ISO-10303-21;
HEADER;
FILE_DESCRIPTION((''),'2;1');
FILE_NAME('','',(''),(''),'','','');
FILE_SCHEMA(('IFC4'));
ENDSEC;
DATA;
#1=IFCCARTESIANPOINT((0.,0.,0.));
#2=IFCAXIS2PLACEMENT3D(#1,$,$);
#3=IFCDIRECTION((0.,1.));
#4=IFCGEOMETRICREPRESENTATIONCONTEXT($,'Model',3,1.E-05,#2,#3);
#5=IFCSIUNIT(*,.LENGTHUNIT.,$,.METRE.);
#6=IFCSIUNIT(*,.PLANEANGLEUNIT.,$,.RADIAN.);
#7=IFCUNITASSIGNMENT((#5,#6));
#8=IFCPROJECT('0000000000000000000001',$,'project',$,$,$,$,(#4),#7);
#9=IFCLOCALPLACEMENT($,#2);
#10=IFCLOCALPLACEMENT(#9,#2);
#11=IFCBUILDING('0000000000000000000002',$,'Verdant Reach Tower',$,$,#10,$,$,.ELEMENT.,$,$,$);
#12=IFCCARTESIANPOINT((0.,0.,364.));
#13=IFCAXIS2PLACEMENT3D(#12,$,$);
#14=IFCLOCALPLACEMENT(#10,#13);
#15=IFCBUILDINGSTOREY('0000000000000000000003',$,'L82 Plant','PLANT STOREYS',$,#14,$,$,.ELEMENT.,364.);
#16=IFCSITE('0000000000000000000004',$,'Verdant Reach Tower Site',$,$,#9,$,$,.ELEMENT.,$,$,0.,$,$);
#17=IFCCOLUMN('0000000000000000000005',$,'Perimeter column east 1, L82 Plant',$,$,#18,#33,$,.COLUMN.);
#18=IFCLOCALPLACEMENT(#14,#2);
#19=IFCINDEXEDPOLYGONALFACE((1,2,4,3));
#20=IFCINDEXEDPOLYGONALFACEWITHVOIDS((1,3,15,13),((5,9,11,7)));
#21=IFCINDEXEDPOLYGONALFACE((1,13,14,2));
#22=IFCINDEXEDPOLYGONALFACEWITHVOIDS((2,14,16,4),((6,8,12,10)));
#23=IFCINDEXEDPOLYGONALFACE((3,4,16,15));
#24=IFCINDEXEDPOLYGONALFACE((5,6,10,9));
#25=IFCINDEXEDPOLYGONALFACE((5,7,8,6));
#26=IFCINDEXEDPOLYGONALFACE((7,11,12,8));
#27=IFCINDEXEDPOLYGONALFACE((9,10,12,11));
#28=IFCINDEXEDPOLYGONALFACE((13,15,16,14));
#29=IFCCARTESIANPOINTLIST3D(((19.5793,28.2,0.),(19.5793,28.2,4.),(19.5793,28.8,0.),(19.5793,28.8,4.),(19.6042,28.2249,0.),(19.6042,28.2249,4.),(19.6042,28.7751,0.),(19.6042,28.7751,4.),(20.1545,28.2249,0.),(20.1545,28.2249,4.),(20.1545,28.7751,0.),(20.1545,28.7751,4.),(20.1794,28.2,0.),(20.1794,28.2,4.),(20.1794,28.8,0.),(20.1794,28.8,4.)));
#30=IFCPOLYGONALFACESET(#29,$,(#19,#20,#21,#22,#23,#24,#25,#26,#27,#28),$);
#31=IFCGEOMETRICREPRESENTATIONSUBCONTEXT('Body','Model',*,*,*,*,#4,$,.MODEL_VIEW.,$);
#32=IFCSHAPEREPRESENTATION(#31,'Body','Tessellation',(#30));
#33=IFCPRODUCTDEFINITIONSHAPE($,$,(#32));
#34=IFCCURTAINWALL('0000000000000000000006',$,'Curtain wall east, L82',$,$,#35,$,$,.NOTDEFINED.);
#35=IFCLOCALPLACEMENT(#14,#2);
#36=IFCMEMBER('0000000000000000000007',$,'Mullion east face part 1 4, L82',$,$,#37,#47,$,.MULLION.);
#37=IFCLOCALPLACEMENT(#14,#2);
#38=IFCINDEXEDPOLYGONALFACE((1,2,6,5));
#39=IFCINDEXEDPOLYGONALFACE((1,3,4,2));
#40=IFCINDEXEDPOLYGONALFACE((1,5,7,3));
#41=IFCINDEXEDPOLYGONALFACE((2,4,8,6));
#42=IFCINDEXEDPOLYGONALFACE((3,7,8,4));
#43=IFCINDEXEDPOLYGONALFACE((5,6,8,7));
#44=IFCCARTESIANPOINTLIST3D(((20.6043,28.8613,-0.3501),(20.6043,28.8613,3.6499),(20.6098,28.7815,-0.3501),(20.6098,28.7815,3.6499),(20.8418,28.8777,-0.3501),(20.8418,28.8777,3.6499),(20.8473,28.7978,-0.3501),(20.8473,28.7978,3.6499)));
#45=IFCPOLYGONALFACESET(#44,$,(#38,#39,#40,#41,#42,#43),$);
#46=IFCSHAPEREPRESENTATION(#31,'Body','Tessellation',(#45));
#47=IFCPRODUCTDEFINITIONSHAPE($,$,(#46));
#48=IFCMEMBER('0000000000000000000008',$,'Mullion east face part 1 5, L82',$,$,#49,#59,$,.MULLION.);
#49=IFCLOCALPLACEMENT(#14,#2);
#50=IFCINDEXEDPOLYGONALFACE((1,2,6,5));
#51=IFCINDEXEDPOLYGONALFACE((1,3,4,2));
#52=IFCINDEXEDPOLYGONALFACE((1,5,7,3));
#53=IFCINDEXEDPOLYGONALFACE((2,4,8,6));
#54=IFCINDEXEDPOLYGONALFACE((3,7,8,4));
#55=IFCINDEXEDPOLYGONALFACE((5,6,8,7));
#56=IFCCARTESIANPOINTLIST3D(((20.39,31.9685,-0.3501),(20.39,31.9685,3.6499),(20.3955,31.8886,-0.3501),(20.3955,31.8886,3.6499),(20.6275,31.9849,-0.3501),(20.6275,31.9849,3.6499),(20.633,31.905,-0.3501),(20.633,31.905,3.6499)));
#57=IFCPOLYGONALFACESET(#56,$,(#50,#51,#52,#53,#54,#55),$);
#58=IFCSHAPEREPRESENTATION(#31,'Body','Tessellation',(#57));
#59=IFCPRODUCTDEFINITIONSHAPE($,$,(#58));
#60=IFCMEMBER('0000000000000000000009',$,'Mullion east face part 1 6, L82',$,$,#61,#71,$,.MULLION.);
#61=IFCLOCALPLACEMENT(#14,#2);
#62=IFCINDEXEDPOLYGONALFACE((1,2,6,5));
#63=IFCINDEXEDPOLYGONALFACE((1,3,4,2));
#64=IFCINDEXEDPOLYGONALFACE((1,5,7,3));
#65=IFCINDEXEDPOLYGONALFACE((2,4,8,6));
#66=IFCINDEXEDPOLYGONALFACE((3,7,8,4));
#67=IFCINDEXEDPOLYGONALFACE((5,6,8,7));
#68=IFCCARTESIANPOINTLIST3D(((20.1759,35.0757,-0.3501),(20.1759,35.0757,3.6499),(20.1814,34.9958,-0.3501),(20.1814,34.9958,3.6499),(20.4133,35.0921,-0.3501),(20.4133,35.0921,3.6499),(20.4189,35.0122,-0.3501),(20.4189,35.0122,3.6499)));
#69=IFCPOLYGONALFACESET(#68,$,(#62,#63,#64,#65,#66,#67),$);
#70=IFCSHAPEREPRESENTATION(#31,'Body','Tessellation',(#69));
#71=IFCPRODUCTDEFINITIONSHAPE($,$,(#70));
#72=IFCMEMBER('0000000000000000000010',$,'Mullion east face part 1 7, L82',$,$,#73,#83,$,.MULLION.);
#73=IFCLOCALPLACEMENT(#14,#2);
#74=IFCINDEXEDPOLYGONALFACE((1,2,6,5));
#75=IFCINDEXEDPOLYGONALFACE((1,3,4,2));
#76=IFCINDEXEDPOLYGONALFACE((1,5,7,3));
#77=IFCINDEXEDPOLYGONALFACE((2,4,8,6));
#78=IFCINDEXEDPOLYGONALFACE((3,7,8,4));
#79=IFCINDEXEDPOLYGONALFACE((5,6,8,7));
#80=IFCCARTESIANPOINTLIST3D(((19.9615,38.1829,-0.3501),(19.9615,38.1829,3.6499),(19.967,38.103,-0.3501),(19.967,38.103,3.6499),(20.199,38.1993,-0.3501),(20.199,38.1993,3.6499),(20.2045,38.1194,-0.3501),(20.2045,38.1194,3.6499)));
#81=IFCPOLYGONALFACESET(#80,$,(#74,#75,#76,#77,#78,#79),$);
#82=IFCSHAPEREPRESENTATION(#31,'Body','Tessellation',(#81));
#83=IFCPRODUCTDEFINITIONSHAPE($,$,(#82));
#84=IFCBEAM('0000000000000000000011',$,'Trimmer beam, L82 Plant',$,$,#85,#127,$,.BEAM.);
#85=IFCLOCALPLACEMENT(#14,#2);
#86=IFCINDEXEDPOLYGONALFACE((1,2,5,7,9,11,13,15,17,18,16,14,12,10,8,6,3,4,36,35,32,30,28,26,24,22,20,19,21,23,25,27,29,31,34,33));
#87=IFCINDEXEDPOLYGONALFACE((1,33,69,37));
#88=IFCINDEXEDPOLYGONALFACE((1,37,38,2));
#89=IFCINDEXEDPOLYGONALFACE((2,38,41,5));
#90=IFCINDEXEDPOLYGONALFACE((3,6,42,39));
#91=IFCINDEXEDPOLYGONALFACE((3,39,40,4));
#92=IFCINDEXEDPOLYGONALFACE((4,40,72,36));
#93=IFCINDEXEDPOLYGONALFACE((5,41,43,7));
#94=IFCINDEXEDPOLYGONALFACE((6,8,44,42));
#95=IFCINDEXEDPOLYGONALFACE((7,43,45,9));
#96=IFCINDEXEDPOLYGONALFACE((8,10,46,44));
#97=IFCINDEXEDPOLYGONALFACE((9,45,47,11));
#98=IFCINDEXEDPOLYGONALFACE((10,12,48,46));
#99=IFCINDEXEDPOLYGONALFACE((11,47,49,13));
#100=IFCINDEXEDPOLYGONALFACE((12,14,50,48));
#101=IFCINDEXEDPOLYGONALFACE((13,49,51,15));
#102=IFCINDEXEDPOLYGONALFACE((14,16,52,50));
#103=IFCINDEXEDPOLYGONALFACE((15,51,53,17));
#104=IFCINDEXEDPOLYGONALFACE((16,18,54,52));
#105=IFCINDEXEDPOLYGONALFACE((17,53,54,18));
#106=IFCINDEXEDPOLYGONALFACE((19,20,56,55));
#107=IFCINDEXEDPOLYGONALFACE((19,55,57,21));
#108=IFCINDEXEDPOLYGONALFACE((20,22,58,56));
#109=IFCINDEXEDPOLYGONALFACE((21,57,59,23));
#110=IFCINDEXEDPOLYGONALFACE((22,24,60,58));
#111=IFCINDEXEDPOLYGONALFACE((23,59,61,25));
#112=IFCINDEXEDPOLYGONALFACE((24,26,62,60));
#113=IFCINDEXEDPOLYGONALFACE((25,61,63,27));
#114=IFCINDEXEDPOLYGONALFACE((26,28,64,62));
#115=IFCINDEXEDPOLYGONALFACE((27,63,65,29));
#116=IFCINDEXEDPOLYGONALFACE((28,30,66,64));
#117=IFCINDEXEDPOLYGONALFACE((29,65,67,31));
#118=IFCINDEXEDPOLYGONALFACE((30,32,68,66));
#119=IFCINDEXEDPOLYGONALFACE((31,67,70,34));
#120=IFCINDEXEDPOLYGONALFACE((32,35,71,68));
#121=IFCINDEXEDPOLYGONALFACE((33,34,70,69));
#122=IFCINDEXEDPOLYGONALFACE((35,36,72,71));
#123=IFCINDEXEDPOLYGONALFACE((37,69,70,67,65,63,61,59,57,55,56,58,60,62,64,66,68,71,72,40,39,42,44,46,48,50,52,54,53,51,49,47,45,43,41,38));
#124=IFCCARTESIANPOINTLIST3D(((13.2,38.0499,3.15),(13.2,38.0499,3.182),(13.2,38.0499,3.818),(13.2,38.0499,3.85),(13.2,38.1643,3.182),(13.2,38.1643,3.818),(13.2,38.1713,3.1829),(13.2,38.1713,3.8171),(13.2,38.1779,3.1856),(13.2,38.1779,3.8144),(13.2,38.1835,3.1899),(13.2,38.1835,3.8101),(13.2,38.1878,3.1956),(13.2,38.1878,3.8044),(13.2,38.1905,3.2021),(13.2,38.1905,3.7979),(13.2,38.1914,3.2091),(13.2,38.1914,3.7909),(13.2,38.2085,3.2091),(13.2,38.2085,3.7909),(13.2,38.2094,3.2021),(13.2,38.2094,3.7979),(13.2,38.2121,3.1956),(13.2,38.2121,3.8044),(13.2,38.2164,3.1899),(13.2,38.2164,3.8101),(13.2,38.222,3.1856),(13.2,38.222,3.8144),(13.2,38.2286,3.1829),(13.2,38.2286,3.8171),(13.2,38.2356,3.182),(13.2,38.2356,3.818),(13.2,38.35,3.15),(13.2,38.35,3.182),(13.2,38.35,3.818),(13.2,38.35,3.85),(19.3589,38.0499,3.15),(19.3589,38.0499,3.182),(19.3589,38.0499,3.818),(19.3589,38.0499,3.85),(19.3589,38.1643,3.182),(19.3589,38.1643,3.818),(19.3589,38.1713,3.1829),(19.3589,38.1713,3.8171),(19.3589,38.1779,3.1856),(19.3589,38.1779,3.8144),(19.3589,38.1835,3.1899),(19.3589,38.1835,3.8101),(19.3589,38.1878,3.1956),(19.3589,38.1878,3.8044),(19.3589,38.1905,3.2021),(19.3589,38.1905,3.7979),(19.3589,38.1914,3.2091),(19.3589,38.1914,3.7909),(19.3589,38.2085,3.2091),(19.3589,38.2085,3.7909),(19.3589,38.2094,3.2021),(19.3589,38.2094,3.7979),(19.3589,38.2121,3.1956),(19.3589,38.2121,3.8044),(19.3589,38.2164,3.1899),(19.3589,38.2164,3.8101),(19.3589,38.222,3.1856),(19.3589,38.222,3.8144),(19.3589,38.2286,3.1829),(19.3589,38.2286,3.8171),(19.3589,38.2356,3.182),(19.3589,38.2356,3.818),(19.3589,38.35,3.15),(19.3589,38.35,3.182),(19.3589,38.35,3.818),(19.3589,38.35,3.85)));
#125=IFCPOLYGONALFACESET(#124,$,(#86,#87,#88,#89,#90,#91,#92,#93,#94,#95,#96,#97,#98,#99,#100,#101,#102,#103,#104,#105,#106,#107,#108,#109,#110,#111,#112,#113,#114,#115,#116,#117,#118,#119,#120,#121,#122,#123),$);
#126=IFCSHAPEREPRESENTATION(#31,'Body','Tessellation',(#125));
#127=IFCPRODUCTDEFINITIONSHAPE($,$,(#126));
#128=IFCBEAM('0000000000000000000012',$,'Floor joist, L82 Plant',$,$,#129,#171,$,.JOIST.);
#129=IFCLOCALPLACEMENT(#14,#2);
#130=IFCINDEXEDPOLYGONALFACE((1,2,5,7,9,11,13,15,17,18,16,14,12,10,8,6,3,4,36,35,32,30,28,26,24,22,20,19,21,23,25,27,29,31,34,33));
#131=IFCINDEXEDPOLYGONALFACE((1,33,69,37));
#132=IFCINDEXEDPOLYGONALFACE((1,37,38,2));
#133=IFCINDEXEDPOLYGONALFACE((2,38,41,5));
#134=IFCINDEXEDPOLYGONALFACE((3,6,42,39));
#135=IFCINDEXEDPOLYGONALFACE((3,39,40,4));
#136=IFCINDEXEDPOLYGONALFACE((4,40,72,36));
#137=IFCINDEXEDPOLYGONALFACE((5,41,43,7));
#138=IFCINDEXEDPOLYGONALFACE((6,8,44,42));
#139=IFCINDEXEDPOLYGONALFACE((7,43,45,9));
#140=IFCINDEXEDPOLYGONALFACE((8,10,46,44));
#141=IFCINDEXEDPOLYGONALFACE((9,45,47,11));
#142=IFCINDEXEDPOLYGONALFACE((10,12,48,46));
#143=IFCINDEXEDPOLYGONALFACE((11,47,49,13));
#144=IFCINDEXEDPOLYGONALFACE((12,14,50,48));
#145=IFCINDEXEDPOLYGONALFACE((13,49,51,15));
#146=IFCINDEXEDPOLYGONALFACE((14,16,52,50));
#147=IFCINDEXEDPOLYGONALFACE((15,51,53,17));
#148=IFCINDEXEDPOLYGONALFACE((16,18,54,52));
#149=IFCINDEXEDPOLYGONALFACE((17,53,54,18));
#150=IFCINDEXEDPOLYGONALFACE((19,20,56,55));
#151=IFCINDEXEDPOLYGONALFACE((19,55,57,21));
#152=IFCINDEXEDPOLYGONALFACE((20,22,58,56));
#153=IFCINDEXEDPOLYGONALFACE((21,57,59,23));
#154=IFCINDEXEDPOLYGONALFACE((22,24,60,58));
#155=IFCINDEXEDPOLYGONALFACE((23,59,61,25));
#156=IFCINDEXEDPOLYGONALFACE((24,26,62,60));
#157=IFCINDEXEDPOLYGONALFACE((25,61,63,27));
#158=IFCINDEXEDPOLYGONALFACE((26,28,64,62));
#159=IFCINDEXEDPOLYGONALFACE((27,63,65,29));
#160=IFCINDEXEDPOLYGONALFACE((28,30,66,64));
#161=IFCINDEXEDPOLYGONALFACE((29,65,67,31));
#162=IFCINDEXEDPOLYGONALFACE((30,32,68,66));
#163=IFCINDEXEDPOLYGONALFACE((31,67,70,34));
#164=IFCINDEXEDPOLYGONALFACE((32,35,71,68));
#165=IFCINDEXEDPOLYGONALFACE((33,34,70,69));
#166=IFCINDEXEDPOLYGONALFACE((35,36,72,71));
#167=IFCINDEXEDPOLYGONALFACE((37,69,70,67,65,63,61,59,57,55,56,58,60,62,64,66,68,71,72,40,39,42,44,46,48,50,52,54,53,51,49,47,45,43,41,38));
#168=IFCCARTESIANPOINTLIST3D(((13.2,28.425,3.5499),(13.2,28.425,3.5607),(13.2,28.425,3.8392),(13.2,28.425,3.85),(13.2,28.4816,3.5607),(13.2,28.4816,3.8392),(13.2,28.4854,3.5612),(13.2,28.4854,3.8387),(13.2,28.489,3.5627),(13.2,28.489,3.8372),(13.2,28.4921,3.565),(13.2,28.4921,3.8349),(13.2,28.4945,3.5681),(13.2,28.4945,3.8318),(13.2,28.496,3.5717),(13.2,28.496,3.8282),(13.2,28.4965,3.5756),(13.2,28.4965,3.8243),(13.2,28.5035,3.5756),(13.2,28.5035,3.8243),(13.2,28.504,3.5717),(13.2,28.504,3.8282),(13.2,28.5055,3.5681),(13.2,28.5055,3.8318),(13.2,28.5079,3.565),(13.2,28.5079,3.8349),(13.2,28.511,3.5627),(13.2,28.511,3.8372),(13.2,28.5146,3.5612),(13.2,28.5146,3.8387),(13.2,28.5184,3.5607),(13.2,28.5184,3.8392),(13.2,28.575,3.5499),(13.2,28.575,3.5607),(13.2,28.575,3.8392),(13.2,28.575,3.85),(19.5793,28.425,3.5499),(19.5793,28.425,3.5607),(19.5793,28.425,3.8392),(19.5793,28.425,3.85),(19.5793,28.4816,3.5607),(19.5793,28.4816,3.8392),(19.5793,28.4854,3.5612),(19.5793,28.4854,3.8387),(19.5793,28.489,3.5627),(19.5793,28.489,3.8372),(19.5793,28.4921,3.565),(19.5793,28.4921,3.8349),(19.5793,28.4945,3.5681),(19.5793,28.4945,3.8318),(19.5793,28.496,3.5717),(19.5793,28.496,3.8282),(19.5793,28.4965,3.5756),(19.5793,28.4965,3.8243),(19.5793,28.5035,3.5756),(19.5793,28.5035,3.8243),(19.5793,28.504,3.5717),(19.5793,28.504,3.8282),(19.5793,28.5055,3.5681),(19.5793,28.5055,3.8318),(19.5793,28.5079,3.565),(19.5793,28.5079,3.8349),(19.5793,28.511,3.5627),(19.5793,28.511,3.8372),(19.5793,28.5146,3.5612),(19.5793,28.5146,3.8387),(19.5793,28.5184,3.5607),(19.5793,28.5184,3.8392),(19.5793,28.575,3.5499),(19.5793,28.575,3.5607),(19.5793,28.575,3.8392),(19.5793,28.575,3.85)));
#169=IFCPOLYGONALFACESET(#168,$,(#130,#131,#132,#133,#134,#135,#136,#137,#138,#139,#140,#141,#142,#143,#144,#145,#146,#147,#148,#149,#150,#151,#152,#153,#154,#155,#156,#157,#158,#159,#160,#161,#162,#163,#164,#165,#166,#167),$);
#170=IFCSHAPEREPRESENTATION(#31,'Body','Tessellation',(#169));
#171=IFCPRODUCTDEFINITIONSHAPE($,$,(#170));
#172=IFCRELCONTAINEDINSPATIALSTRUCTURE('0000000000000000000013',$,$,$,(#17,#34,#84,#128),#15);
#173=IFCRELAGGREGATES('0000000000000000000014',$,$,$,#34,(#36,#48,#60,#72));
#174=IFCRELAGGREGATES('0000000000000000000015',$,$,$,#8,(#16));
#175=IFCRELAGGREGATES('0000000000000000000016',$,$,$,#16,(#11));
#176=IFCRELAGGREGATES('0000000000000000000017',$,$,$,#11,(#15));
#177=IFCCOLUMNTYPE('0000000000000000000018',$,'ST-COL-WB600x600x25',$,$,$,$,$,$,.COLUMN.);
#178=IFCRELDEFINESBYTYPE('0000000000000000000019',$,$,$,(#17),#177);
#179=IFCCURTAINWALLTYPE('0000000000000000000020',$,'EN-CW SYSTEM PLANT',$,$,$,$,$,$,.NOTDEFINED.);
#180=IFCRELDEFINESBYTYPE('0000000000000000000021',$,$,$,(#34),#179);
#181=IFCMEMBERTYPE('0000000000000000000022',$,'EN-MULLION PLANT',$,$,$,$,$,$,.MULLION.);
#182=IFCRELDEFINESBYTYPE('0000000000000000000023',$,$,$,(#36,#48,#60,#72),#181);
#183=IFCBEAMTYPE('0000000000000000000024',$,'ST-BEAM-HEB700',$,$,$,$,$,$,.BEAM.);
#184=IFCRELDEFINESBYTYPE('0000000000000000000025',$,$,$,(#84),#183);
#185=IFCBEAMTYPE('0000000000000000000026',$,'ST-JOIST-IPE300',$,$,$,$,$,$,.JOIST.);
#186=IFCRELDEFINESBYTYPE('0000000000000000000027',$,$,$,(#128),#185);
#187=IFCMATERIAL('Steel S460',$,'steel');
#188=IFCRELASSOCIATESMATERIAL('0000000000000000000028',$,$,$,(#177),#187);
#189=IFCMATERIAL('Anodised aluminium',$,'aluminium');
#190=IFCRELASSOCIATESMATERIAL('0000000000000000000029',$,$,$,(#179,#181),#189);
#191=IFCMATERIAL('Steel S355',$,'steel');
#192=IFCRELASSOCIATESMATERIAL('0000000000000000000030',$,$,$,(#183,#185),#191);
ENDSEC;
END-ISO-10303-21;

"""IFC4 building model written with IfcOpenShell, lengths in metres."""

from ifc_helpers import new_model, si_unit, direction, frame, origin, origin_2d, place, context, subcontext, project, spatial, rectangle, hollow_rectangle, i_section, extrude, material, material_profile, profile_set, type_object, element, aggregate, save


model = new_model("IFC4")

# Units and contexts
model_context = context("Model", 3, precision=1e-05, world=origin(), true_north=direction((0.0, 1.0)))
body_context = subcontext(model_context, "Body", "Model", "MODEL_VIEW")
ifc_project = project(units=[si_unit("LENGTHUNIT", "METRE"), si_unit("PLANEANGLEUNIT", "RADIAN")], contexts=[model_context])

# Site, building, storey
site_placement = place(None, origin())
site = spatial("IfcSite", under=ifc_project, at=site_placement, Name="Verdant Reach Tower Site", CompositionType="ELEMENT", RefElevation=0.0)
building_placement = place(site_placement, origin())
building = spatial("IfcBuilding", under=site, at=building_placement, Name="Verdant Reach Tower", CompositionType="ELEMENT")
storey_placement = place(building_placement, frame((0.0, 0.0, 364.0)))
storey = spatial("IfcBuildingStorey", under=building, at=storey_placement, Name="L82 Plant", Description="PLANT STOREYS", CompositionType="ELEMENT", Elevation=364.0)

# Column
ifc_material_1 = material(Name="Steel S460", Category="steel")
ifc_material_profile_1 = material_profile(ifc_material_1, hollow_rectangle(XDim=0.6001, YDim=0.6001, WallThickness=0.0249, at=origin_2d()), Name="WB 600x600x25")
ifc_profile_set_1 = profile_set([ifc_material_profile_1], Name="Steel S460")
column_type = type_object("IfcColumnType", Name="ST-COL-WB600x600x25", PredefinedType="COLUMN", material=ifc_profile_set_1)
column_placement = place(storey_placement, frame((19.8794, 28.5, 0.0), z_axis=(0.0, 0.0, 1.0), x_axis=(1.0, 0.0, 0.0)))
element("IfcColumn", 1, at=column_placement, inside=storey, type_object=column_type, Name="Perimeter column east 1, L82 Plant", PredefinedType="COLUMN", context=body_context, shape_type="SweptSolid", body=[
    extrude(hollow_rectangle(XDim=0.6001, YDim=0.6001, WallThickness=0.0249, at=origin_2d()), origin(), (0.0, 0.0, 1.0), 4.0),
])

# Curtain wall, members
ifc_material_2 = material(Name="Anodised aluminium", Category="aluminium")
curtain_wall_type = type_object("IfcCurtainWallType", Name="EN-CW SYSTEM PLANT", PredefinedType="NOTDEFINED", material=ifc_material_2)
curtain_wall_placement = place(storey_placement, origin())
curtain_wall = element("IfcCurtainWall", 2, at=curtain_wall_placement, inside=storey, type_object=curtain_wall_type, Name="Curtain wall east, L82", PredefinedType="NOTDEFINED")
ifc_material_profile_2 = material_profile(ifc_material_2, rectangle(XDim=0.238, YDim=0.0801, at=origin_2d()), Name="Mullion 80x240")
ifc_profile_set_2 = profile_set([ifc_material_profile_2], Name="Anodised aluminium")
member_type = type_object("IfcMemberType", Name="EN-MULLION PLANT", PredefinedType="MULLION", material=ifc_profile_set_2)
member_1_placement = place(storey_placement, frame((20.7258, 28.8296, -0.3501), z_axis=(0.0, 0.0, 1.0), x_axis=(0.99763, 0.068802, 0.0)))
member_1 = element("IfcMember", 3, at=member_1_placement, type_object=member_type, Name="Mullion east face part 1 4, L82", PredefinedType="MULLION", context=body_context, shape_type="SweptSolid", body=[
    extrude(rectangle(XDim=0.238, YDim=0.0801, at=origin_2d()), origin(), (0.0, 0.0, 1.0), 4.0),
])
member_2_placement = place(storey_placement, frame((20.5115, 31.9368, -0.3501), z_axis=(0.0, 0.0, 1.0), x_axis=(0.99763, 0.068802, 0.0)))
member_2 = element("IfcMember", 4, at=member_2_placement, type_object=member_type, Name="Mullion east face part 1 5, L82", PredefinedType="MULLION", context=body_context, shape_type="SweptSolid", body=[
    extrude(rectangle(XDim=0.238, YDim=0.0801, at=origin_2d()), origin(), (0.0, 0.0, 1.0), 4.0),
])
member_3_placement = place(storey_placement, frame((20.2974, 35.0439, -0.3501), z_axis=(0.0, 0.0, 1.0), x_axis=(0.99763, 0.068802, 0.0)))
member_3 = element("IfcMember", 5, at=member_3_placement, type_object=member_type, Name="Mullion east face part 1 6, L82", PredefinedType="MULLION", context=body_context, shape_type="SweptSolid", body=[
    extrude(rectangle(XDim=0.238, YDim=0.0801, at=origin_2d()), origin(), (0.0, 0.0, 1.0), 4.0),
])
member_4_placement = place(storey_placement, frame((20.083, 38.1511, -0.3501), z_axis=(0.0, 0.0, 1.0), x_axis=(0.99763, 0.068802, 0.0)))
member_4 = element("IfcMember", 6, at=member_4_placement, type_object=member_type, Name="Mullion east face part 1 7, L82", PredefinedType="MULLION", context=body_context, shape_type="SweptSolid", body=[
    extrude(rectangle(XDim=0.238, YDim=0.0801, at=origin_2d()), origin(), (0.0, 0.0, 1.0), 4.0),
])

# Beams
ifc_material_3 = material(Name="Steel S355", Category="steel")
ifc_material_profile_3 = material_profile(ifc_material_3, i_section(OverallWidth=0.3, OverallDepth=0.7, WebThickness=0.0171, FlangeThickness=0.032, FilletRadius=0.0271, at=origin_2d()), Name="HEB 700")
ifc_profile_set_3 = profile_set([ifc_material_profile_3], Name="Steel S355")
beam_type_1 = type_object("IfcBeamType", Name="ST-BEAM-HEB700", PredefinedType="BEAM", material=ifc_profile_set_3)
beam_1_placement = place(storey_placement, frame((13.2, 38.2, 3.5), z_axis=(1.0, 0.0, 0.0), x_axis=(0.0, 1.0, 0.0)))
element("IfcBeam", 7, at=beam_1_placement, inside=storey, type_object=beam_type_1, Name="Trimmer beam, L82 Plant", PredefinedType="BEAM", context=body_context, shape_type="SweptSolid", body=[
    extrude(i_section(OverallWidth=0.3, OverallDepth=0.7, WebThickness=0.0171, FlangeThickness=0.032, FilletRadius=0.0271, at=origin_2d()), origin(), (0.0, 0.0, 1.0), 6.1589),
])
ifc_material_profile_4 = material_profile(ifc_material_3, i_section(OverallWidth=0.1499, OverallDepth=0.3, WebThickness=0.0071, FlangeThickness=0.0107, FilletRadius=0.0149, at=origin_2d()), Name="IPE 300")
ifc_profile_set_4 = profile_set([ifc_material_profile_4], Name="Steel S355")
beam_type_2 = type_object("IfcBeamType", Name="ST-JOIST-IPE300", PredefinedType="JOIST", material=ifc_profile_set_4)
beam_2_placement = place(storey_placement, frame((13.2, 28.5, 3.7), z_axis=(1.0, 0.0, 0.0), x_axis=(0.0, 1.0, 0.0)))
element("IfcBeam", 8, at=beam_2_placement, inside=storey, type_object=beam_type_2, Name="Floor joist, L82 Plant", PredefinedType="JOIST", context=body_context, shape_type="SweptSolid", body=[
    extrude(i_section(OverallWidth=0.1499, OverallDepth=0.3, WebThickness=0.0071, FlangeThickness=0.0107, FilletRadius=0.0149, at=origin_2d()), origin(), (0.0, 0.0, 1.0), 6.3794),
])

aggregate(curtain_wall, [member_1, member_2, member_3, member_4])

save(model, "model.ifc")
